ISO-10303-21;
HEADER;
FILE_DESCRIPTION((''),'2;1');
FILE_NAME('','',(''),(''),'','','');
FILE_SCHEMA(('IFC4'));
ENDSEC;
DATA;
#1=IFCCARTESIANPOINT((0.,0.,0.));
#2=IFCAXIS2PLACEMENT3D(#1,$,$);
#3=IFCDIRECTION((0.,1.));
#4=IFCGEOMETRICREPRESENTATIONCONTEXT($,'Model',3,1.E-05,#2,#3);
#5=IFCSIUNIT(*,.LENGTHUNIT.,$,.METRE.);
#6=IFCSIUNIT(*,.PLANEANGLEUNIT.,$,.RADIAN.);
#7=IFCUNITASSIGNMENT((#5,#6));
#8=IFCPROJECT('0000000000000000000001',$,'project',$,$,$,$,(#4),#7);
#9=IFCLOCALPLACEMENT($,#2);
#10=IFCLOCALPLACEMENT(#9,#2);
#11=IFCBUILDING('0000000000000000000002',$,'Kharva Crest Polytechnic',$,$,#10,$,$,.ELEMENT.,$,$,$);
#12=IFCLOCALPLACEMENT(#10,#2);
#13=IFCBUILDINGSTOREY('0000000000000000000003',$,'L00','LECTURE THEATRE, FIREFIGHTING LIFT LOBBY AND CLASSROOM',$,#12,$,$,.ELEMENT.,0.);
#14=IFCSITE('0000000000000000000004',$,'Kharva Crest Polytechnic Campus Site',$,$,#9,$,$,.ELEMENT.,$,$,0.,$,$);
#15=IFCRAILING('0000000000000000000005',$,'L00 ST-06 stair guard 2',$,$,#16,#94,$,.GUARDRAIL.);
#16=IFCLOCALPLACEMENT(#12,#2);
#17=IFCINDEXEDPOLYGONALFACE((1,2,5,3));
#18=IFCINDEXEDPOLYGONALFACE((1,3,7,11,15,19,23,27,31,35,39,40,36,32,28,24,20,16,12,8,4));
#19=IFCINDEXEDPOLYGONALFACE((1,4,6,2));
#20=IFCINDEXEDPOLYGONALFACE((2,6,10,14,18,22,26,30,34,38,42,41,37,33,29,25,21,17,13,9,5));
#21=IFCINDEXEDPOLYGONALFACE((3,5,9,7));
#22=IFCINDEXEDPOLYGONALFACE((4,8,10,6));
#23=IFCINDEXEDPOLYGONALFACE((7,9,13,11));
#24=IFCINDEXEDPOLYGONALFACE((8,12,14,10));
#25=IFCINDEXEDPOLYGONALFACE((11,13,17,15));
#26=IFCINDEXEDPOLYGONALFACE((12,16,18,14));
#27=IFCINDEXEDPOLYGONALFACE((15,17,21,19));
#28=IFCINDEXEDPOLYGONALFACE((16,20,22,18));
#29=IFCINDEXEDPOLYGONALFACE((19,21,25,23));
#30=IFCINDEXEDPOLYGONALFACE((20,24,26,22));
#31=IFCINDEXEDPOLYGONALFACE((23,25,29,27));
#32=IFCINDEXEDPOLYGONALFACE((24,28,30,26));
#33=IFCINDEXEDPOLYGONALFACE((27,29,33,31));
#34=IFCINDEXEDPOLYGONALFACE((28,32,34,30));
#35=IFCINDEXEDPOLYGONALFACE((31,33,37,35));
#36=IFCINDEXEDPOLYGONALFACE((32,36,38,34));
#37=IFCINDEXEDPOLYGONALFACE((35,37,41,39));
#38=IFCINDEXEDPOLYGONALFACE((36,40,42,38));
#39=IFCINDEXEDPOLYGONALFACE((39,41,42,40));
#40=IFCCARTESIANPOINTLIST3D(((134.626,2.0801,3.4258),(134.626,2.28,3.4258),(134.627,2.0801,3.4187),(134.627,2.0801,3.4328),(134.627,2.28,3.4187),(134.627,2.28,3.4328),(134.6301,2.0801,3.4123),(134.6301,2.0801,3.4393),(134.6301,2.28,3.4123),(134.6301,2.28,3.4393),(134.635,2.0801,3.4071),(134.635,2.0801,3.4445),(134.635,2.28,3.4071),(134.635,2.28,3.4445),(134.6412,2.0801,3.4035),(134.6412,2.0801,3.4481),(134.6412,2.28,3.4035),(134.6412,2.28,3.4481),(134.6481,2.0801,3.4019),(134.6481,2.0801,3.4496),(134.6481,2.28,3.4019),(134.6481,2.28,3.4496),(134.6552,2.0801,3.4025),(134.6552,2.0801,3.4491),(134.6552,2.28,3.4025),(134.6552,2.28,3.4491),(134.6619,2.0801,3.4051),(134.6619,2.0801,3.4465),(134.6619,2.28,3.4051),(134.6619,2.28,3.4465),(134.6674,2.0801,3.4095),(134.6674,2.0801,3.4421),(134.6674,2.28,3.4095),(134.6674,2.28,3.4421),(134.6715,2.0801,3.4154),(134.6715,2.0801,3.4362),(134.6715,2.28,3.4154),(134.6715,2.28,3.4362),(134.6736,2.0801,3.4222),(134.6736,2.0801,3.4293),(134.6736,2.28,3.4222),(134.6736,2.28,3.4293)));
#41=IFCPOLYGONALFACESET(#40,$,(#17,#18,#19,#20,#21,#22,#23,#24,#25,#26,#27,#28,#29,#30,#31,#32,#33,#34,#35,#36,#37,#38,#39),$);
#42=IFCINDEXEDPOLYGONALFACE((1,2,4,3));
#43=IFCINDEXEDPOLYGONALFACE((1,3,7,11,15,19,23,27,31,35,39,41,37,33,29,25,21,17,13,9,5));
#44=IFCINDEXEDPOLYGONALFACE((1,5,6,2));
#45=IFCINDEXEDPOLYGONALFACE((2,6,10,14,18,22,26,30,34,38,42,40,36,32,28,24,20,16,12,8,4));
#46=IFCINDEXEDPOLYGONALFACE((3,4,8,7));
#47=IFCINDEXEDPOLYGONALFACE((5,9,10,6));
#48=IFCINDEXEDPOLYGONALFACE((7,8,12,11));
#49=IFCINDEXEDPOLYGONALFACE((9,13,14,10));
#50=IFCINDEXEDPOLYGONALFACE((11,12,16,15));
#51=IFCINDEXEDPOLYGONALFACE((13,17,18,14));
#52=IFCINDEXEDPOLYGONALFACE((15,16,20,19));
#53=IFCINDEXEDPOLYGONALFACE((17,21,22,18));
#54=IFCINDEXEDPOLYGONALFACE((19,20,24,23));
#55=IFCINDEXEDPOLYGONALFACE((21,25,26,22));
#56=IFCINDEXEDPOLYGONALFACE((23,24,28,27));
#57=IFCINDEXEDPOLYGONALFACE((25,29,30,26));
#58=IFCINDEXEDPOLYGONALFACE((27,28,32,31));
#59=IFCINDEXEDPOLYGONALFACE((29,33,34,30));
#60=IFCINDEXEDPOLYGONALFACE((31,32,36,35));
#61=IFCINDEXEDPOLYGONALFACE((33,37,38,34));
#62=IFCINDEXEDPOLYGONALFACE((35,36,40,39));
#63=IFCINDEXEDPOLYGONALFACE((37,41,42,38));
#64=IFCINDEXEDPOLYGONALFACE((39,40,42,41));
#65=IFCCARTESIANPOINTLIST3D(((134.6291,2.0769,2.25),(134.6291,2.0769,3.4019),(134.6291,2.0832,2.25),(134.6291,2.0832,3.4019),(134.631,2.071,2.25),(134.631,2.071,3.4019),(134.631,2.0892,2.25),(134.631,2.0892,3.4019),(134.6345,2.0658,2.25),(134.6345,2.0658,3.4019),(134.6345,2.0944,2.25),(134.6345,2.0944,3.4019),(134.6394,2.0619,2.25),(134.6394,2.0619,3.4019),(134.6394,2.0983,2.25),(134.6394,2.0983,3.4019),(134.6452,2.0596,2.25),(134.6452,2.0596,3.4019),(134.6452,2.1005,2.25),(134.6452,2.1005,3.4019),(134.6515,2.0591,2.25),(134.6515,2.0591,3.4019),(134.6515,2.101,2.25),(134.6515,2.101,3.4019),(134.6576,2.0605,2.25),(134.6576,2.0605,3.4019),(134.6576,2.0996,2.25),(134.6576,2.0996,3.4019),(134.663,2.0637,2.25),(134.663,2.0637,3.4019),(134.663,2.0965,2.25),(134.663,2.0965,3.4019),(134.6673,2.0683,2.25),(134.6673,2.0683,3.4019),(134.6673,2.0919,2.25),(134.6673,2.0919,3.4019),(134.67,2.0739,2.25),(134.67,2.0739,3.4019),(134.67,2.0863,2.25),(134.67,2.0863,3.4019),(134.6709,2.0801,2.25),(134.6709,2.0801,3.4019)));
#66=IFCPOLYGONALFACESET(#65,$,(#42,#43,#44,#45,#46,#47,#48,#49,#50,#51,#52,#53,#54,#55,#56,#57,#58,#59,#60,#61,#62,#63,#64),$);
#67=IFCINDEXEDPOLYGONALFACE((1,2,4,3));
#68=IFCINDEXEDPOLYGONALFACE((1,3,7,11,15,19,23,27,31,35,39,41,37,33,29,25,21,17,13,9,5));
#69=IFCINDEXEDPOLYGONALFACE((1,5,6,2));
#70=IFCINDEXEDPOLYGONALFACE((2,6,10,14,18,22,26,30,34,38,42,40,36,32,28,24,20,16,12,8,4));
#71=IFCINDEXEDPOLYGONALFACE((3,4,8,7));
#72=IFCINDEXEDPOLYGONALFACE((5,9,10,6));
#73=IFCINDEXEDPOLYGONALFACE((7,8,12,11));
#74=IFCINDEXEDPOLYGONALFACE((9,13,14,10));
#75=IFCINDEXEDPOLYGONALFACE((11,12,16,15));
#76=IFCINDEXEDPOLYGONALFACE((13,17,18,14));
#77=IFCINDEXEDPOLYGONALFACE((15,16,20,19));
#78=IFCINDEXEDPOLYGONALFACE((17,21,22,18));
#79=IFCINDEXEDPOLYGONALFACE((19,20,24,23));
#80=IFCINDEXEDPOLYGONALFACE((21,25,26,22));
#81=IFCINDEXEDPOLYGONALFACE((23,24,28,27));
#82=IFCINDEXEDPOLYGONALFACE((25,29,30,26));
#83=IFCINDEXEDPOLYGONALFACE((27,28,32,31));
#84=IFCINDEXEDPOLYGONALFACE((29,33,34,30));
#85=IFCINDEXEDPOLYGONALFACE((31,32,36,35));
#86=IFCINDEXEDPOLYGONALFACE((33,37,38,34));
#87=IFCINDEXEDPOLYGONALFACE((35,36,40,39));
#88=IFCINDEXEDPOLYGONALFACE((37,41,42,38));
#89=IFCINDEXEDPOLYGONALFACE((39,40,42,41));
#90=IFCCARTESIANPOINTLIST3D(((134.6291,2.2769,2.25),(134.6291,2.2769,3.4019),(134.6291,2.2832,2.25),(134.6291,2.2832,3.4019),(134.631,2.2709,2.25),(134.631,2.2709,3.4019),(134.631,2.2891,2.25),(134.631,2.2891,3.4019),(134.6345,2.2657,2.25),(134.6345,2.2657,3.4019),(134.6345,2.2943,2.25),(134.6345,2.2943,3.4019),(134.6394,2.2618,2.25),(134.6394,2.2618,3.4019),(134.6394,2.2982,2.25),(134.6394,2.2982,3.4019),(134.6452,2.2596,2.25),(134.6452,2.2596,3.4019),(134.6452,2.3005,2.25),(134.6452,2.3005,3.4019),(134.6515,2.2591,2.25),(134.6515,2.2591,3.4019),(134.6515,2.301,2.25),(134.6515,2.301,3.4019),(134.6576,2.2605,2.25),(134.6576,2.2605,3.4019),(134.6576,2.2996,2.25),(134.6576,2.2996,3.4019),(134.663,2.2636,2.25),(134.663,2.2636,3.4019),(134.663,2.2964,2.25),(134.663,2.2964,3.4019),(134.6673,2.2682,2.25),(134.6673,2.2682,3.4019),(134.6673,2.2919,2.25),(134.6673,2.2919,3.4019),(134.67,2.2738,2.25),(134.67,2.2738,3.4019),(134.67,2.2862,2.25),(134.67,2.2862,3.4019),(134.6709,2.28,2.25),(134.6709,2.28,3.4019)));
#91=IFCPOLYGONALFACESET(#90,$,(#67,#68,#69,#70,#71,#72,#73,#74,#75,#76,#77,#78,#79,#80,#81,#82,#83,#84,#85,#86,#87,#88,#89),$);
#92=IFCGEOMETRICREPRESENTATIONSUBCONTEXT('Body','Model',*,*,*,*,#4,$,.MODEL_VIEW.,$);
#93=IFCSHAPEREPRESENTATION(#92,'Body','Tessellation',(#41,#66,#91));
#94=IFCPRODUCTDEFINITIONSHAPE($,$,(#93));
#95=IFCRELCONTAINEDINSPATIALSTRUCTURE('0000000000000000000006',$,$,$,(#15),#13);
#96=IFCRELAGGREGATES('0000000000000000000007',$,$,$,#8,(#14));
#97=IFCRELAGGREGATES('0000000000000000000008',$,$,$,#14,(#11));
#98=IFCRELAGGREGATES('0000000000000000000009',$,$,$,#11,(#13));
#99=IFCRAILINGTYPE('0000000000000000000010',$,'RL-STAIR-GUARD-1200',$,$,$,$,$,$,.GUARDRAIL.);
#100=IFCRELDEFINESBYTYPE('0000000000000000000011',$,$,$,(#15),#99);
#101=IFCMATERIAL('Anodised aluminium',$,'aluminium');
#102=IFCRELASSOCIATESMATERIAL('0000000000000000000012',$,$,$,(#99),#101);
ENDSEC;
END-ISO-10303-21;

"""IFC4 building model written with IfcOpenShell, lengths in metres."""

from ifc_helpers import new_model, si_unit, direction, frame, origin, origin_2d, place, context, subcontext, project, spatial, circle, extrude, material, type_object, element, save


model = new_model("IFC4")

# Units and contexts
model_context = context("Model", 3, precision=1e-05, world=origin(), true_north=direction((0.0, 1.0)))
body_context = subcontext(model_context, "Body", "Model", "MODEL_VIEW")
ifc_project = project(units=[si_unit("LENGTHUNIT", "METRE"), si_unit("PLANEANGLEUNIT", "RADIAN")], contexts=[model_context])

# Site, building, storey
site_placement = place(None, origin())
site = spatial("IfcSite", under=ifc_project, at=site_placement, Name="Kharva Crest Polytechnic Campus Site", CompositionType="ELEMENT", RefElevation=0.0)
building_placement = place(site_placement, origin())
building = spatial("IfcBuilding", under=site, at=building_placement, Name="Kharva Crest Polytechnic", CompositionType="ELEMENT")
storey_placement = place(building_placement, origin())
storey = spatial("IfcBuildingStorey", under=building, at=storey_placement, Name="L00", Description="LECTURE THEATRE, FIREFIGHTING LIFT LOBBY AND CLASSROOM", CompositionType="ELEMENT", Elevation=0.0)

# Railing
ifc_material_1 = material(Name="Anodised aluminium", Category="aluminium")
railing_type_1 = type_object("IfcRailingType", Name="RL-STAIR-GUARD-1200", PredefinedType="GUARDRAIL", material=ifc_material_1)
railing_1_placement = place(storey_placement, frame((134.6499, 2.0801, 2.25)))
element("IfcRailing", 1, at=railing_1_placement, inside=storey, type_object=railing_type_1, Name="L00 ST-06 stair guard 2", PredefinedType="GUARDRAIL", context=body_context, shape_type="SweptSolid", body=[
    extrude(circle(Radius=0.0239, at=origin_2d()), frame((0.0, 0.0, 1.1758), z_axis=(0.0, 1.0, 0.0), x_axis=(-1.0, 0.0, 0.0)), (0.0, 0.0, 1.0), 0.2),
    extrude(circle(Radius=0.021, at=origin_2d()), origin(), (0.0, 0.0, 1.0), 1.1519),
    extrude(circle(Radius=0.021, at=origin_2d()), frame((0.0, 0.2, 0.0)), (0.0, 0.0, 1.0), 1.1519),
])

save(model, "model.ifc")
